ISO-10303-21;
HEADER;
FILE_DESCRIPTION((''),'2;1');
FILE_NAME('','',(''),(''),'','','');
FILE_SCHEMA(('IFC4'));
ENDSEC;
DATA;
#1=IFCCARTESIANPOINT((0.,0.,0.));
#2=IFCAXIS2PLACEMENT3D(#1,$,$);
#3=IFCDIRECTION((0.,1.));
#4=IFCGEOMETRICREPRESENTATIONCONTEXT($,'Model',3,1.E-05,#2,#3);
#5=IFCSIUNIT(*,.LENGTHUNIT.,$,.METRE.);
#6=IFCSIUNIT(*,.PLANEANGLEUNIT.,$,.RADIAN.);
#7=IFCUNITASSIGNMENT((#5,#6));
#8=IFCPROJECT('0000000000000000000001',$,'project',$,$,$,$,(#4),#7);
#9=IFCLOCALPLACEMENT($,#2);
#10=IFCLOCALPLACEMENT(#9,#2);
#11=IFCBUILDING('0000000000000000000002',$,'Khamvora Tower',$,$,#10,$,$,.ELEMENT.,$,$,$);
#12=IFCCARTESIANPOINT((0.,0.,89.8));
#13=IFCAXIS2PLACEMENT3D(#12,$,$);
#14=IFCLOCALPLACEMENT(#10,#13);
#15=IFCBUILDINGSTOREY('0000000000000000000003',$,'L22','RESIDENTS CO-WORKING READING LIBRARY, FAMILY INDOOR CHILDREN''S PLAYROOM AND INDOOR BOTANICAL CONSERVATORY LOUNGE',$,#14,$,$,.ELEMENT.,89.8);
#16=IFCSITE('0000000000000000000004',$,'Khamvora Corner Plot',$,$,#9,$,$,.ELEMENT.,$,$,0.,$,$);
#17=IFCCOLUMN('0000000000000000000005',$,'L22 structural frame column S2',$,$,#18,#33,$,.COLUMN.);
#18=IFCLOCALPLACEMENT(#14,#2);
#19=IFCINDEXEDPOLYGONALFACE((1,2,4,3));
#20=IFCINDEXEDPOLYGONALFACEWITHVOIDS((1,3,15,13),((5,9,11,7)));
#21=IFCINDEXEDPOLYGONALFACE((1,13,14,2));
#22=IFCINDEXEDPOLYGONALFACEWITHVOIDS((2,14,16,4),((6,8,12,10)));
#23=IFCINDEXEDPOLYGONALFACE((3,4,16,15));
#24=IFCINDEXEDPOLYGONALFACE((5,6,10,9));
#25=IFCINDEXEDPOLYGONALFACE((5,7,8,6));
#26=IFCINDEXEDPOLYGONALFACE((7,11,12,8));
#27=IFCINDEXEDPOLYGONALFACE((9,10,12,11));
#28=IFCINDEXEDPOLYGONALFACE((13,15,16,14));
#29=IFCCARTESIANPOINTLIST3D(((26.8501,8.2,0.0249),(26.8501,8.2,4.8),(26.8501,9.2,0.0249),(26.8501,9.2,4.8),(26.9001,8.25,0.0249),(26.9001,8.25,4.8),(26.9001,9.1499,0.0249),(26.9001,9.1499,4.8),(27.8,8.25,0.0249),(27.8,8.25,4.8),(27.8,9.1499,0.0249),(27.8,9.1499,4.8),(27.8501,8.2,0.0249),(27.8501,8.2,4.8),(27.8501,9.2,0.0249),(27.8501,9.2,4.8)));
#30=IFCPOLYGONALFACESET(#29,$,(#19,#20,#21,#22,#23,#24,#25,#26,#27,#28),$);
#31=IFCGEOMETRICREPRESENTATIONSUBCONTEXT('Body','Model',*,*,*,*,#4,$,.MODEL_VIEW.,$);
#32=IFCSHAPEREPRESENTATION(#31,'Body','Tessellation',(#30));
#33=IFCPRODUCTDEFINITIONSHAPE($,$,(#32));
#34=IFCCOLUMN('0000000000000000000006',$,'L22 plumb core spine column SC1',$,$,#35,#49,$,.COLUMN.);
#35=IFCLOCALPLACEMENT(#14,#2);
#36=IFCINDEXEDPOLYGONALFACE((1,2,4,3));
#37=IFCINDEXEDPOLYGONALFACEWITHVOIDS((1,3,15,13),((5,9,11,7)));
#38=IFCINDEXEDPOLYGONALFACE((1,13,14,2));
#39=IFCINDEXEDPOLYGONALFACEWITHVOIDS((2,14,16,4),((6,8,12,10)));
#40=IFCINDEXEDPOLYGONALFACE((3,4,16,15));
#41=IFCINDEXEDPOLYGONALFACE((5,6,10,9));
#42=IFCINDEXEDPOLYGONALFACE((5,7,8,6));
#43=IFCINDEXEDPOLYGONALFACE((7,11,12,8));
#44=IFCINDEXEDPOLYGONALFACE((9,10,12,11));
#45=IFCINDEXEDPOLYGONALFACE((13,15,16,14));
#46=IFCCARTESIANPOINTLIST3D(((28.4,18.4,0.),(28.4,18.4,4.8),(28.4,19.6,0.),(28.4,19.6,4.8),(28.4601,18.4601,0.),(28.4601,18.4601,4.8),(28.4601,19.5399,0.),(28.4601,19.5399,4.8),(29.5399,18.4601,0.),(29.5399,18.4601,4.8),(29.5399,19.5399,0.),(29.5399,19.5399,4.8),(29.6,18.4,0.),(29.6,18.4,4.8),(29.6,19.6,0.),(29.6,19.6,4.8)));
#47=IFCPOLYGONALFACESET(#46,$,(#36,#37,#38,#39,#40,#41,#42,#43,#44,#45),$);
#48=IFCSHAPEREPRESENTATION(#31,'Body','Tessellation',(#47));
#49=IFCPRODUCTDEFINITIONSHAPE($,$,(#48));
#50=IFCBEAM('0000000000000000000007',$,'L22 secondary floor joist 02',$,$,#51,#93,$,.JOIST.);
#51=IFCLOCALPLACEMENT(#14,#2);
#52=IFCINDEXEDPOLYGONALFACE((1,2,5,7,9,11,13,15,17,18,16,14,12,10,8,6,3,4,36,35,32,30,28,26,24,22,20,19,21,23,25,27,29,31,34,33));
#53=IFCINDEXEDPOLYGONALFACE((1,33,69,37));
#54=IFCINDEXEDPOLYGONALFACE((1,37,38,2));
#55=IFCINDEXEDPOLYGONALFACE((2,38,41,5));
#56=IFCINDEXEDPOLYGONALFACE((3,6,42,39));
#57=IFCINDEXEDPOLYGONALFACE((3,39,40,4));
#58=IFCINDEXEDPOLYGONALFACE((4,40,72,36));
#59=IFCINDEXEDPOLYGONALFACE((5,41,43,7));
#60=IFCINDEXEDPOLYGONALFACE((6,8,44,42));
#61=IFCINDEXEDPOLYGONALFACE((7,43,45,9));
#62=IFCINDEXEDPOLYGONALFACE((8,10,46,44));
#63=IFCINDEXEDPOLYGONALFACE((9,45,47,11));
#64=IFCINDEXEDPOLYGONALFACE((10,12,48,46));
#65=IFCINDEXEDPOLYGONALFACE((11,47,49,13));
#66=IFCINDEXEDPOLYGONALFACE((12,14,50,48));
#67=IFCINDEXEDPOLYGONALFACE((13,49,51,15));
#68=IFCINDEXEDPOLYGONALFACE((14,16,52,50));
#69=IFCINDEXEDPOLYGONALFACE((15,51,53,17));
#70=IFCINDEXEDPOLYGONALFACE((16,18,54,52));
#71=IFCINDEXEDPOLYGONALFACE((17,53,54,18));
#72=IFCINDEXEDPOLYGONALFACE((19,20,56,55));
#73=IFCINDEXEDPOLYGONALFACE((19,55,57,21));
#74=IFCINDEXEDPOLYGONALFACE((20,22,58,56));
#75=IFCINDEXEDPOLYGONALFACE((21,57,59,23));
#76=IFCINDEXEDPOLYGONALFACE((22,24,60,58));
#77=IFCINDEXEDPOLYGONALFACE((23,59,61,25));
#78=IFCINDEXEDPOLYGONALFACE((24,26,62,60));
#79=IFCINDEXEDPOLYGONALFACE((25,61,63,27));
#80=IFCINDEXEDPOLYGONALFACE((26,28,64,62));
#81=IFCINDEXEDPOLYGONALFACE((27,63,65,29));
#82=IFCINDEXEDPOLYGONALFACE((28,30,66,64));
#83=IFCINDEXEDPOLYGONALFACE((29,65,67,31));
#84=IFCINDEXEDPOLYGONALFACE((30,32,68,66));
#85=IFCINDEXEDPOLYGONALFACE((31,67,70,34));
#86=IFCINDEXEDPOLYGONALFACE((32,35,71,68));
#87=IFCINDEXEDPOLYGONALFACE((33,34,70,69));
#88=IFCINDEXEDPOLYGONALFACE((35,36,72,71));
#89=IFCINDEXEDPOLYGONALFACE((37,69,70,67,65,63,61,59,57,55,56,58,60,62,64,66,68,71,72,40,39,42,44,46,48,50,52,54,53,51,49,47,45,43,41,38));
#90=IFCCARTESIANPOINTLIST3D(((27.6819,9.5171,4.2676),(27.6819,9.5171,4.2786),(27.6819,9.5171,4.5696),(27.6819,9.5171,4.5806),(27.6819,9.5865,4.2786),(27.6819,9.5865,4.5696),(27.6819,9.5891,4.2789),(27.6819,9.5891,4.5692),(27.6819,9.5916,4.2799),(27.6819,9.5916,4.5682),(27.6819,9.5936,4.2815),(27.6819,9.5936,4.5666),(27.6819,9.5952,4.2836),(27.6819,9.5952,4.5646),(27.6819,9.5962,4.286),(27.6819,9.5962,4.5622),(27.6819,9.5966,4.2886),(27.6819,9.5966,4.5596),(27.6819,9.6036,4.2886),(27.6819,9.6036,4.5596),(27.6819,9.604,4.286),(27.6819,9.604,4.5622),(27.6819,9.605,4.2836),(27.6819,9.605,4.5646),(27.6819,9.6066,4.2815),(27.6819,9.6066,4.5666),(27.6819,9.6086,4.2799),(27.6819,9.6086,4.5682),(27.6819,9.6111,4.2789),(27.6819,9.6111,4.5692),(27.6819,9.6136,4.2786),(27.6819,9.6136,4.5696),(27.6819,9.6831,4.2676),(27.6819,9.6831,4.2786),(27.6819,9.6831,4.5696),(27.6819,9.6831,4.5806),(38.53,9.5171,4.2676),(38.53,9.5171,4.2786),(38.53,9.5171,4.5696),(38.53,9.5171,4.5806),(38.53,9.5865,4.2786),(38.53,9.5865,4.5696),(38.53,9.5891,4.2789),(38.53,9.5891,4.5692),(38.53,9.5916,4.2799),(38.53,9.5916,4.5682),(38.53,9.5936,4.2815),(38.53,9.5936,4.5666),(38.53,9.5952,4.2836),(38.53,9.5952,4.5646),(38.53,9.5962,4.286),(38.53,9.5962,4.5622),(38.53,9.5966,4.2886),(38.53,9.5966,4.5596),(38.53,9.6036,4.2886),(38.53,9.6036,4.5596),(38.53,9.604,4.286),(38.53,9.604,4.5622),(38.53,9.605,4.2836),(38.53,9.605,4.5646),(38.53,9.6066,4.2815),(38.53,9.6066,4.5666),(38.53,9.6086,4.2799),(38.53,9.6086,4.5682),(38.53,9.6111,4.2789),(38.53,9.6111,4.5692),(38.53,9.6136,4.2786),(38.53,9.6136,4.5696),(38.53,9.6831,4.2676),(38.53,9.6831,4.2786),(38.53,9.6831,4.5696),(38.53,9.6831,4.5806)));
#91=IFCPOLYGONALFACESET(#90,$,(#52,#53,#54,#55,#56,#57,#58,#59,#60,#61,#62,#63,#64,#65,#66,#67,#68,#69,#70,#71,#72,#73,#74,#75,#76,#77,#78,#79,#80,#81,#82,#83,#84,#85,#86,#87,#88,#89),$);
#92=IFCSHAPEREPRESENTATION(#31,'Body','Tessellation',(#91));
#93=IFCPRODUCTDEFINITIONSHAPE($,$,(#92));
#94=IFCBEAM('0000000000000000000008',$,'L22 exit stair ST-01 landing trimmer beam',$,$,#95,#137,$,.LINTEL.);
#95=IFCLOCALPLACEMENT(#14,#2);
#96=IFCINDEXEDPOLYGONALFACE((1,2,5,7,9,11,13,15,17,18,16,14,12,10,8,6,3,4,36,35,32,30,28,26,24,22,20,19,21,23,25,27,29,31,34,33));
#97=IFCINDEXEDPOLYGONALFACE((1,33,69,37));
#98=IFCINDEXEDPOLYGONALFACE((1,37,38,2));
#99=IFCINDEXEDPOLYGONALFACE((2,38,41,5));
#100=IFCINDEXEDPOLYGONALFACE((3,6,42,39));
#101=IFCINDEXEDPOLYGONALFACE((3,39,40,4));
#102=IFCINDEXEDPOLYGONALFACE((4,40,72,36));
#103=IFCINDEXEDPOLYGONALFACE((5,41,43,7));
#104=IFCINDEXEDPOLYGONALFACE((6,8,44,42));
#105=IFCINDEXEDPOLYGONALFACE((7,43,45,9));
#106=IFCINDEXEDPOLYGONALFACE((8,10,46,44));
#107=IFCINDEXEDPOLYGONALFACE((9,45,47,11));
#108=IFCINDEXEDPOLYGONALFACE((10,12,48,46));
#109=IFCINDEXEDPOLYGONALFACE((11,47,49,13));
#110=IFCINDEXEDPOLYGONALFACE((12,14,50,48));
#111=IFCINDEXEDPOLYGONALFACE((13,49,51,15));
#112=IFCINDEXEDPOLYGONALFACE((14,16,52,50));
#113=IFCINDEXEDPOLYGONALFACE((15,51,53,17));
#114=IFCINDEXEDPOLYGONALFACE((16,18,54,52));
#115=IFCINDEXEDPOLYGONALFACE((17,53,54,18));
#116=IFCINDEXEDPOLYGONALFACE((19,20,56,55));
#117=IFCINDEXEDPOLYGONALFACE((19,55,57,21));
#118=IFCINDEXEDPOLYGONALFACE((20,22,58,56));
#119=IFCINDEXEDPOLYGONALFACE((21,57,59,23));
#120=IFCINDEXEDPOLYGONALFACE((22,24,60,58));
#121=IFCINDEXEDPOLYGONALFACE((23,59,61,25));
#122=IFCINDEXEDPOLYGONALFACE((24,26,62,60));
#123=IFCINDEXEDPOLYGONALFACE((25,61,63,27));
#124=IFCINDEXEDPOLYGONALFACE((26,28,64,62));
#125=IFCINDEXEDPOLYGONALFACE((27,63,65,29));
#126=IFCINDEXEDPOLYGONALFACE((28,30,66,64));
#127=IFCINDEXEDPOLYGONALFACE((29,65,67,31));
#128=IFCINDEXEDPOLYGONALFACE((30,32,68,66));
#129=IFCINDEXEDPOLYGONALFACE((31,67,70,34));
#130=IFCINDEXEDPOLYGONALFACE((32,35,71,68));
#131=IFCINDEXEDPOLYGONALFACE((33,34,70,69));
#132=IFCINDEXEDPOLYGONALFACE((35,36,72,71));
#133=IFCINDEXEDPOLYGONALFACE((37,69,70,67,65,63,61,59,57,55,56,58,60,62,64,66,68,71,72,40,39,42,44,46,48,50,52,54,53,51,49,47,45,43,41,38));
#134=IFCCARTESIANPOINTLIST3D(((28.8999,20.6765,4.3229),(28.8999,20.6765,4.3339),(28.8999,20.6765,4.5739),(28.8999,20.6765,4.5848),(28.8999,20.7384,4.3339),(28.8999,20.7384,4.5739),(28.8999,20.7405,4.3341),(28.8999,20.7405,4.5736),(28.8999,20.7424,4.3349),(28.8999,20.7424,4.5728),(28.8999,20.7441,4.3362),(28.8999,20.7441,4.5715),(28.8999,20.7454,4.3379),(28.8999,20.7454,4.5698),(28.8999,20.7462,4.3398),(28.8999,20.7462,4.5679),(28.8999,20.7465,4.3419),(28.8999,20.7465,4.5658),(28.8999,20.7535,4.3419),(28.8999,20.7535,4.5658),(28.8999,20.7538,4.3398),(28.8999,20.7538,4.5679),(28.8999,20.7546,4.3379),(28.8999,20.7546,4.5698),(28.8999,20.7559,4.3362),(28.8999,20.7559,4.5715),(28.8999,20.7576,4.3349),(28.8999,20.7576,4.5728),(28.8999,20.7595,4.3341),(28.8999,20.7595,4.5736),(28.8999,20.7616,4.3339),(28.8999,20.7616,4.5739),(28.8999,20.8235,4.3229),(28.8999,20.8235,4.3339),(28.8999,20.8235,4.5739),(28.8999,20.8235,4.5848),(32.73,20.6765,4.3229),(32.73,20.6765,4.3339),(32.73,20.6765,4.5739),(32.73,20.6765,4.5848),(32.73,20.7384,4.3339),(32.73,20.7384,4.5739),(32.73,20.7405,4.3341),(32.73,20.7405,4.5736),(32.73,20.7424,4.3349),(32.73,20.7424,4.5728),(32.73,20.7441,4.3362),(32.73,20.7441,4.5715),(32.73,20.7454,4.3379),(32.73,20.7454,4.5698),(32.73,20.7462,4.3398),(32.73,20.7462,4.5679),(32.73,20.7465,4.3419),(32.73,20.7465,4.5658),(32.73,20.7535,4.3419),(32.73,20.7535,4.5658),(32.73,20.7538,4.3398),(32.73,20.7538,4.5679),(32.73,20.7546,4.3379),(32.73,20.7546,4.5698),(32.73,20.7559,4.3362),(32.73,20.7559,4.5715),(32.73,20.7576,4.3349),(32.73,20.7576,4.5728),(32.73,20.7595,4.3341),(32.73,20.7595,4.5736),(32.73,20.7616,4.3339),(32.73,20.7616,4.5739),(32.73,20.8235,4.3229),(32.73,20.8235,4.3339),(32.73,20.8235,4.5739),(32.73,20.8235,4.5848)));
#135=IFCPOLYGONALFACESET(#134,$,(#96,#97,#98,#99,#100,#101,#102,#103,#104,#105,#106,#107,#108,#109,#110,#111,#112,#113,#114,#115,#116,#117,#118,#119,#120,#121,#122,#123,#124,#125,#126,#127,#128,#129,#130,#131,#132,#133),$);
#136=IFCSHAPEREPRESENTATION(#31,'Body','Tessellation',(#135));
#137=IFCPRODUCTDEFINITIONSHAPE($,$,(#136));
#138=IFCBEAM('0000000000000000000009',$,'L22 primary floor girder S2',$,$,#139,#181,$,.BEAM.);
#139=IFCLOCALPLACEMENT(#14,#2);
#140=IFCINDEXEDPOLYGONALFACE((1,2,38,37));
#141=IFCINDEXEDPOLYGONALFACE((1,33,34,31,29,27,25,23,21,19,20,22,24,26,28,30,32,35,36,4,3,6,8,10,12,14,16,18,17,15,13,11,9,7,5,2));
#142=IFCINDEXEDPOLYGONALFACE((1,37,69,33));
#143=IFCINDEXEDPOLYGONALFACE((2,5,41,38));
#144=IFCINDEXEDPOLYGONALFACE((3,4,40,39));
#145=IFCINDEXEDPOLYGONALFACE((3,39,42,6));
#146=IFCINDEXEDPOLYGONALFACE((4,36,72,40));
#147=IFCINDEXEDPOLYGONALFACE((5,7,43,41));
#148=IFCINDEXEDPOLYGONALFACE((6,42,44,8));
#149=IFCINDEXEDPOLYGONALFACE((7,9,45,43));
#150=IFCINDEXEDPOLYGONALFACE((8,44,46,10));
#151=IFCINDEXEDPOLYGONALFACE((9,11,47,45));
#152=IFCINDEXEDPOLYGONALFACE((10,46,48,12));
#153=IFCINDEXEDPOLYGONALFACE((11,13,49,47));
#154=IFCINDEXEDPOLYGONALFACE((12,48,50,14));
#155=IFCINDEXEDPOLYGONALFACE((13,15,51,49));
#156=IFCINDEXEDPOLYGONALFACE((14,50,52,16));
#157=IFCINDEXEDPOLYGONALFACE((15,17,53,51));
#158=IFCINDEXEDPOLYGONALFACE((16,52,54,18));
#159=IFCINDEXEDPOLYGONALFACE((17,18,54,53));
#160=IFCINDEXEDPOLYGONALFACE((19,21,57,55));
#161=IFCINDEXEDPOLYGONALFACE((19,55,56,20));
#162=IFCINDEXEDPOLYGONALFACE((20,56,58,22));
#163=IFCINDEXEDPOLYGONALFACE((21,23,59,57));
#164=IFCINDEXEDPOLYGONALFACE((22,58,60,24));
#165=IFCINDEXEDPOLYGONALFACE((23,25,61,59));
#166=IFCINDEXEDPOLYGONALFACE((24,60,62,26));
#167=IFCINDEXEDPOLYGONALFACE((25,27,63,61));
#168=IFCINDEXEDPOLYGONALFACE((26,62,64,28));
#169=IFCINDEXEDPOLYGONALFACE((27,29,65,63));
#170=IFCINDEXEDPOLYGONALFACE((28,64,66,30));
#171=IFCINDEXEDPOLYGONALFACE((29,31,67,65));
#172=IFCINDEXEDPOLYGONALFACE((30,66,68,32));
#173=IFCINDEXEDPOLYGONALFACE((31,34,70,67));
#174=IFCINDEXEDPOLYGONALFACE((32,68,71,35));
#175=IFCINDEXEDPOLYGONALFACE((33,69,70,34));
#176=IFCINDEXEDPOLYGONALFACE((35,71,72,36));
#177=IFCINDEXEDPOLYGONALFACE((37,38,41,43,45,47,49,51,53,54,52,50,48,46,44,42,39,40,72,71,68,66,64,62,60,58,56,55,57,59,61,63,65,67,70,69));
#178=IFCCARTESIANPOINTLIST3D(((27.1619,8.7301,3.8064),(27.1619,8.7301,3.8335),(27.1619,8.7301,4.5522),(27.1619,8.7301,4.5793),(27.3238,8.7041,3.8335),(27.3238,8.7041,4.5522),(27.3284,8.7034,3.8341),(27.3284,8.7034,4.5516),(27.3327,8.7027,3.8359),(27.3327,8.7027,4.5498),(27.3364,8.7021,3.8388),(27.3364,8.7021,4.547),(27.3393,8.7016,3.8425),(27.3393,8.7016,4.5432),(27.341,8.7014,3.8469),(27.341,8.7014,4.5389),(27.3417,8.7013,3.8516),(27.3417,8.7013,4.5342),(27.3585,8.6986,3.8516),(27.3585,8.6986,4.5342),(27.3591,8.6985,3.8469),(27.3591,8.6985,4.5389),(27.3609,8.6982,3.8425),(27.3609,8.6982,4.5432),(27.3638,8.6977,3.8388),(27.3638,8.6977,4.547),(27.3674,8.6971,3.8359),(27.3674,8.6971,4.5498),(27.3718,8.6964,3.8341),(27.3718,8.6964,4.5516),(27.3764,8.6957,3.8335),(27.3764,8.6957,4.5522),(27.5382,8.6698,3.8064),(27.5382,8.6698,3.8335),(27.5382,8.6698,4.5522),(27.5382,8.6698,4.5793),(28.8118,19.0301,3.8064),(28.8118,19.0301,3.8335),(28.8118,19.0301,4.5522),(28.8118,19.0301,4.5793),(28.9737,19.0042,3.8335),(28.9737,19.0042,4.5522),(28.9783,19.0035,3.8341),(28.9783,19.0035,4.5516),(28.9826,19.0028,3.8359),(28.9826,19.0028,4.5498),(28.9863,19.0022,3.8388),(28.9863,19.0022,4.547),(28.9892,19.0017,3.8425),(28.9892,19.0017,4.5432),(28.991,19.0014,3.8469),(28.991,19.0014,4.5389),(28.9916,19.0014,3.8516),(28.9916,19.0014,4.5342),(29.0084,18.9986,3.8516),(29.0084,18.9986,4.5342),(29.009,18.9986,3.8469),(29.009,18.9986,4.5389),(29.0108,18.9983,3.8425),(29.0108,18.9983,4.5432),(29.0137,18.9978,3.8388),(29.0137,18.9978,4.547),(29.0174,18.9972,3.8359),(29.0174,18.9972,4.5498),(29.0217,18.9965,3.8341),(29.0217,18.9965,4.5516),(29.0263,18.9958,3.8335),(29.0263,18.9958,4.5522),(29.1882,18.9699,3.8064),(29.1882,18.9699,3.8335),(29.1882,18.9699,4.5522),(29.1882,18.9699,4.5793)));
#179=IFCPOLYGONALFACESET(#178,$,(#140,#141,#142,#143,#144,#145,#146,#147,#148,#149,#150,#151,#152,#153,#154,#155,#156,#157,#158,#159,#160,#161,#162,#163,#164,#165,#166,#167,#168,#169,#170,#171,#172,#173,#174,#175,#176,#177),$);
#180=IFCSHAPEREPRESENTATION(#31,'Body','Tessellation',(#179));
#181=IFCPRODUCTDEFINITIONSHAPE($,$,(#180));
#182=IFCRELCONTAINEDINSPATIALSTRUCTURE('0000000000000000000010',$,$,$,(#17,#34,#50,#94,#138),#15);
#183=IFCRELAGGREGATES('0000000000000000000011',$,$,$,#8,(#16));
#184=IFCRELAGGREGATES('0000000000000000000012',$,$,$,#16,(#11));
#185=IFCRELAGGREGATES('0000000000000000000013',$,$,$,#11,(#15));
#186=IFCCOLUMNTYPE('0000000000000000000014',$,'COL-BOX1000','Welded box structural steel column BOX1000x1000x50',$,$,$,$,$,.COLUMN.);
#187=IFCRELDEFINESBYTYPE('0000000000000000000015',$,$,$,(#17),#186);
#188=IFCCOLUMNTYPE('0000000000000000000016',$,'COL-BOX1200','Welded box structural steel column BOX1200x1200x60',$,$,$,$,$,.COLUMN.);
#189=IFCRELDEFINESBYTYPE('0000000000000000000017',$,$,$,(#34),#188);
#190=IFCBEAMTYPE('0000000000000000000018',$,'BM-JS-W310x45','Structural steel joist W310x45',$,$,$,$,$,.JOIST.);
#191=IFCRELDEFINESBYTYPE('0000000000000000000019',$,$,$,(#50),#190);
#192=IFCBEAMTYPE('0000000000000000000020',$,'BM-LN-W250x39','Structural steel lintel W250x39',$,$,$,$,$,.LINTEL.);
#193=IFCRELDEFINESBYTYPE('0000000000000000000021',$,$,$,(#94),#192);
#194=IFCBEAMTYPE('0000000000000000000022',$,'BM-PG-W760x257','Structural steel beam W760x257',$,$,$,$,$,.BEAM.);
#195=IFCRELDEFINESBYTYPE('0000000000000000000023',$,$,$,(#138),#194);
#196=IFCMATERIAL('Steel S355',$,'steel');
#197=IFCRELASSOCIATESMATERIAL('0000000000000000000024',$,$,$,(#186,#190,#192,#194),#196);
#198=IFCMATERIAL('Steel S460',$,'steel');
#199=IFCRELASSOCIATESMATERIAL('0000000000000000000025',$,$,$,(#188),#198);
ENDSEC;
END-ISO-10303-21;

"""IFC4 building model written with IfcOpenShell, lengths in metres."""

from ifc_helpers import new_model, si_unit, direction, frame, origin, origin_2d, place, context, subcontext, project, spatial, hollow_rectangle, i_section, extrude, material, material_profile, profile_set, type_object, element, save


model = new_model("IFC4")

# Units and contexts
model_context = context("Model", 3, precision=1e-05, world=origin(), true_north=direction((0.0, 1.0)))
body_context = subcontext(model_context, "Body", "Model", "MODEL_VIEW")
ifc_project = project(units=[si_unit("LENGTHUNIT", "METRE"), si_unit("PLANEANGLEUNIT", "RADIAN")], contexts=[model_context])

# Site, building, storey
site_placement = place(None, origin())
site = spatial("IfcSite", under=ifc_project, at=site_placement, Name="Khamvora Corner Plot", CompositionType="ELEMENT", RefElevation=0.0)
building_placement = place(site_placement, origin())
building = spatial("IfcBuilding", under=site, at=building_placement, Name="Khamvora Tower", CompositionType="ELEMENT")
storey_placement = place(building_placement, frame((0.0, 0.0, 89.8)))
storey = spatial("IfcBuildingStorey", under=building, at=storey_placement, Name="L22", Description="RESIDENTS CO-WORKING READING LIBRARY, FAMILY INDOOR CHILDREN'S PLAYROOM AND INDOOR BOTANICAL CONSERVATORY LOUNGE", CompositionType="ELEMENT", Elevation=89.8)

# Columns
ifc_material_1 = material(Name="Steel S355", Category="steel")
ifc_material_profile_1 = material_profile(ifc_material_1, hollow_rectangle(XDim=1.0, YDim=1.0, WallThickness=0.05, at=origin_2d()), Name="BOX1000x1000x50")
ifc_profile_set_1 = profile_set([ifc_material_profile_1], Name="Steel S355")
column_type_1 = type_object("IfcColumnType", Name="COL-BOX1000", Description="Welded box structural steel column BOX1000x1000x50", PredefinedType="COLUMN", material=ifc_profile_set_1)
column_1_placement = place(storey_placement, frame((27.3501, 8.7, 0.0249), z_axis=(0.0, 0.0, 1.0), x_axis=(1.0, 0.0, 0.0)))
element("IfcColumn", 1, at=column_1_placement, inside=storey, type_object=column_type_1, Name="L22 structural frame column S2", PredefinedType="COLUMN", context=body_context, shape_type="SweptSolid", body=[
    extrude(hollow_rectangle(XDim=1.0, YDim=1.0, WallThickness=0.05, at=origin_2d()), origin(), (0.0, 0.0, 1.0), 4.7751),
])
ifc_material_2 = material(Name="Steel S460", Category="steel")
ifc_material_profile_2 = material_profile(ifc_material_2, hollow_rectangle(XDim=1.2, YDim=1.2, WallThickness=0.0601, at=origin_2d()), Name="BOX1200x1200x60")
ifc_profile_set_2 = profile_set([ifc_material_profile_2], Name="Steel S460")
column_type_2 = type_object("IfcColumnType", Name="COL-BOX1200", Description="Welded box structural steel column BOX1200x1200x60", PredefinedType="COLUMN", material=ifc_profile_set_2)
column_2_placement = place(storey_placement, frame((29.0, 19.0, 0.0), z_axis=(0.0, 0.0, 1.0), x_axis=(1.0, 0.0, 0.0)))
element("IfcColumn", 2, at=column_2_placement, inside=storey, type_object=column_type_2, Name="L22 plumb core spine column SC1", PredefinedType="COLUMN", context=body_context, shape_type="SweptSolid", body=[
    extrude(hollow_rectangle(XDim=1.2, YDim=1.2, WallThickness=0.0601, at=origin_2d()), origin(), (0.0, 0.0, 1.0), 4.8),
])

# Beams
ifc_material_profile_3 = material_profile(ifc_material_1, i_section(OverallWidth=0.166, OverallDepth=0.313, WebThickness=0.0071, FlangeThickness=0.011, FilletRadius=0.01, at=origin_2d()), Name="W310x45")
ifc_profile_set_3 = profile_set([ifc_material_profile_3], Name="Steel S355")
beam_type_1 = type_object("IfcBeamType", Name="BM-JS-W310x45", Description="Structural steel joist W310x45", PredefinedType="JOIST", material=ifc_profile_set_3)
beam_1_placement = place(storey_placement, frame((27.6819, 9.6001, 4.4241), z_axis=(1.0, 0.0, 0.0), x_axis=(0.0, 1.0, 0.0)))
element("IfcBeam", 3, at=beam_1_placement, inside=storey, type_object=beam_type_1, Name="L22 secondary floor joist 02", PredefinedType="JOIST", context=body_context, shape_type="SweptSolid", body=[
    extrude(i_section(OverallWidth=0.166, OverallDepth=0.313, WebThickness=0.0071, FlangeThickness=0.011, FilletRadius=0.01, at=origin_2d()), origin(), (0.0, 0.0, 1.0), 10.8481),
])
ifc_material_profile_4 = material_profile(ifc_material_1, i_section(OverallWidth=0.147, OverallDepth=0.262, WebThickness=0.0071, FlangeThickness=0.011, FilletRadius=0.0081, at=origin_2d()), Name="W250x39")
ifc_profile_set_4 = profile_set([ifc_material_profile_4], Name="Steel S355")
beam_type_2 = type_object("IfcBeamType", Name="BM-LN-W250x39", Description="Structural steel lintel W250x39", PredefinedType="LINTEL", material=ifc_profile_set_4)
beam_2_placement = place(storey_placement, frame((28.8999, 20.75, 4.4539), z_axis=(1.0, 0.0, 0.0), x_axis=(0.0, 1.0, 0.0)))
element("IfcBeam", 4, at=beam_2_placement, inside=storey, type_object=beam_type_2, Name="L22 exit stair ST-01 landing trimmer beam", PredefinedType="LINTEL", context=body_context, shape_type="SweptSolid", body=[
    extrude(i_section(OverallWidth=0.147, OverallDepth=0.262, WebThickness=0.0071, FlangeThickness=0.011, FilletRadius=0.0081, at=origin_2d()), origin(), (0.0, 0.0, 1.0), 3.8301),
])
ifc_material_profile_5 = material_profile(ifc_material_1, i_section(OverallWidth=0.3811, OverallDepth=0.7729, WebThickness=0.0171, FlangeThickness=0.0271, FilletRadius=0.0181, at=origin_2d()), Name="W760x257")
ifc_profile_set_5 = profile_set([ifc_material_profile_5], Name="Steel S355")
beam_type_3 = type_object("IfcBeamType", Name="BM-PG-W760x257", Description="Structural steel beam W760x257", PredefinedType="BEAM", material=ifc_profile_set_5)
beam_3_placement = place(storey_placement, frame((29.0, 19.0, 4.1929), z_axis=(-0.158168, -0.987412, 0.0), x_axis=(0.987412, -0.158168, 0.0)))
element("IfcBeam", 5, at=beam_3_placement, inside=storey, type_object=beam_type_3, Name="L22 primary floor girder S2", PredefinedType="BEAM", context=body_context, shape_type="SweptSolid", body=[
    extrude(i_section(OverallWidth=0.3811, OverallDepth=0.7729, WebThickness=0.0171, FlangeThickness=0.0271, FilletRadius=0.0181, at=origin_2d()), origin(), (0.0, 0.0, 1.0), 10.4314),
])

save(model, "model.ifc")
